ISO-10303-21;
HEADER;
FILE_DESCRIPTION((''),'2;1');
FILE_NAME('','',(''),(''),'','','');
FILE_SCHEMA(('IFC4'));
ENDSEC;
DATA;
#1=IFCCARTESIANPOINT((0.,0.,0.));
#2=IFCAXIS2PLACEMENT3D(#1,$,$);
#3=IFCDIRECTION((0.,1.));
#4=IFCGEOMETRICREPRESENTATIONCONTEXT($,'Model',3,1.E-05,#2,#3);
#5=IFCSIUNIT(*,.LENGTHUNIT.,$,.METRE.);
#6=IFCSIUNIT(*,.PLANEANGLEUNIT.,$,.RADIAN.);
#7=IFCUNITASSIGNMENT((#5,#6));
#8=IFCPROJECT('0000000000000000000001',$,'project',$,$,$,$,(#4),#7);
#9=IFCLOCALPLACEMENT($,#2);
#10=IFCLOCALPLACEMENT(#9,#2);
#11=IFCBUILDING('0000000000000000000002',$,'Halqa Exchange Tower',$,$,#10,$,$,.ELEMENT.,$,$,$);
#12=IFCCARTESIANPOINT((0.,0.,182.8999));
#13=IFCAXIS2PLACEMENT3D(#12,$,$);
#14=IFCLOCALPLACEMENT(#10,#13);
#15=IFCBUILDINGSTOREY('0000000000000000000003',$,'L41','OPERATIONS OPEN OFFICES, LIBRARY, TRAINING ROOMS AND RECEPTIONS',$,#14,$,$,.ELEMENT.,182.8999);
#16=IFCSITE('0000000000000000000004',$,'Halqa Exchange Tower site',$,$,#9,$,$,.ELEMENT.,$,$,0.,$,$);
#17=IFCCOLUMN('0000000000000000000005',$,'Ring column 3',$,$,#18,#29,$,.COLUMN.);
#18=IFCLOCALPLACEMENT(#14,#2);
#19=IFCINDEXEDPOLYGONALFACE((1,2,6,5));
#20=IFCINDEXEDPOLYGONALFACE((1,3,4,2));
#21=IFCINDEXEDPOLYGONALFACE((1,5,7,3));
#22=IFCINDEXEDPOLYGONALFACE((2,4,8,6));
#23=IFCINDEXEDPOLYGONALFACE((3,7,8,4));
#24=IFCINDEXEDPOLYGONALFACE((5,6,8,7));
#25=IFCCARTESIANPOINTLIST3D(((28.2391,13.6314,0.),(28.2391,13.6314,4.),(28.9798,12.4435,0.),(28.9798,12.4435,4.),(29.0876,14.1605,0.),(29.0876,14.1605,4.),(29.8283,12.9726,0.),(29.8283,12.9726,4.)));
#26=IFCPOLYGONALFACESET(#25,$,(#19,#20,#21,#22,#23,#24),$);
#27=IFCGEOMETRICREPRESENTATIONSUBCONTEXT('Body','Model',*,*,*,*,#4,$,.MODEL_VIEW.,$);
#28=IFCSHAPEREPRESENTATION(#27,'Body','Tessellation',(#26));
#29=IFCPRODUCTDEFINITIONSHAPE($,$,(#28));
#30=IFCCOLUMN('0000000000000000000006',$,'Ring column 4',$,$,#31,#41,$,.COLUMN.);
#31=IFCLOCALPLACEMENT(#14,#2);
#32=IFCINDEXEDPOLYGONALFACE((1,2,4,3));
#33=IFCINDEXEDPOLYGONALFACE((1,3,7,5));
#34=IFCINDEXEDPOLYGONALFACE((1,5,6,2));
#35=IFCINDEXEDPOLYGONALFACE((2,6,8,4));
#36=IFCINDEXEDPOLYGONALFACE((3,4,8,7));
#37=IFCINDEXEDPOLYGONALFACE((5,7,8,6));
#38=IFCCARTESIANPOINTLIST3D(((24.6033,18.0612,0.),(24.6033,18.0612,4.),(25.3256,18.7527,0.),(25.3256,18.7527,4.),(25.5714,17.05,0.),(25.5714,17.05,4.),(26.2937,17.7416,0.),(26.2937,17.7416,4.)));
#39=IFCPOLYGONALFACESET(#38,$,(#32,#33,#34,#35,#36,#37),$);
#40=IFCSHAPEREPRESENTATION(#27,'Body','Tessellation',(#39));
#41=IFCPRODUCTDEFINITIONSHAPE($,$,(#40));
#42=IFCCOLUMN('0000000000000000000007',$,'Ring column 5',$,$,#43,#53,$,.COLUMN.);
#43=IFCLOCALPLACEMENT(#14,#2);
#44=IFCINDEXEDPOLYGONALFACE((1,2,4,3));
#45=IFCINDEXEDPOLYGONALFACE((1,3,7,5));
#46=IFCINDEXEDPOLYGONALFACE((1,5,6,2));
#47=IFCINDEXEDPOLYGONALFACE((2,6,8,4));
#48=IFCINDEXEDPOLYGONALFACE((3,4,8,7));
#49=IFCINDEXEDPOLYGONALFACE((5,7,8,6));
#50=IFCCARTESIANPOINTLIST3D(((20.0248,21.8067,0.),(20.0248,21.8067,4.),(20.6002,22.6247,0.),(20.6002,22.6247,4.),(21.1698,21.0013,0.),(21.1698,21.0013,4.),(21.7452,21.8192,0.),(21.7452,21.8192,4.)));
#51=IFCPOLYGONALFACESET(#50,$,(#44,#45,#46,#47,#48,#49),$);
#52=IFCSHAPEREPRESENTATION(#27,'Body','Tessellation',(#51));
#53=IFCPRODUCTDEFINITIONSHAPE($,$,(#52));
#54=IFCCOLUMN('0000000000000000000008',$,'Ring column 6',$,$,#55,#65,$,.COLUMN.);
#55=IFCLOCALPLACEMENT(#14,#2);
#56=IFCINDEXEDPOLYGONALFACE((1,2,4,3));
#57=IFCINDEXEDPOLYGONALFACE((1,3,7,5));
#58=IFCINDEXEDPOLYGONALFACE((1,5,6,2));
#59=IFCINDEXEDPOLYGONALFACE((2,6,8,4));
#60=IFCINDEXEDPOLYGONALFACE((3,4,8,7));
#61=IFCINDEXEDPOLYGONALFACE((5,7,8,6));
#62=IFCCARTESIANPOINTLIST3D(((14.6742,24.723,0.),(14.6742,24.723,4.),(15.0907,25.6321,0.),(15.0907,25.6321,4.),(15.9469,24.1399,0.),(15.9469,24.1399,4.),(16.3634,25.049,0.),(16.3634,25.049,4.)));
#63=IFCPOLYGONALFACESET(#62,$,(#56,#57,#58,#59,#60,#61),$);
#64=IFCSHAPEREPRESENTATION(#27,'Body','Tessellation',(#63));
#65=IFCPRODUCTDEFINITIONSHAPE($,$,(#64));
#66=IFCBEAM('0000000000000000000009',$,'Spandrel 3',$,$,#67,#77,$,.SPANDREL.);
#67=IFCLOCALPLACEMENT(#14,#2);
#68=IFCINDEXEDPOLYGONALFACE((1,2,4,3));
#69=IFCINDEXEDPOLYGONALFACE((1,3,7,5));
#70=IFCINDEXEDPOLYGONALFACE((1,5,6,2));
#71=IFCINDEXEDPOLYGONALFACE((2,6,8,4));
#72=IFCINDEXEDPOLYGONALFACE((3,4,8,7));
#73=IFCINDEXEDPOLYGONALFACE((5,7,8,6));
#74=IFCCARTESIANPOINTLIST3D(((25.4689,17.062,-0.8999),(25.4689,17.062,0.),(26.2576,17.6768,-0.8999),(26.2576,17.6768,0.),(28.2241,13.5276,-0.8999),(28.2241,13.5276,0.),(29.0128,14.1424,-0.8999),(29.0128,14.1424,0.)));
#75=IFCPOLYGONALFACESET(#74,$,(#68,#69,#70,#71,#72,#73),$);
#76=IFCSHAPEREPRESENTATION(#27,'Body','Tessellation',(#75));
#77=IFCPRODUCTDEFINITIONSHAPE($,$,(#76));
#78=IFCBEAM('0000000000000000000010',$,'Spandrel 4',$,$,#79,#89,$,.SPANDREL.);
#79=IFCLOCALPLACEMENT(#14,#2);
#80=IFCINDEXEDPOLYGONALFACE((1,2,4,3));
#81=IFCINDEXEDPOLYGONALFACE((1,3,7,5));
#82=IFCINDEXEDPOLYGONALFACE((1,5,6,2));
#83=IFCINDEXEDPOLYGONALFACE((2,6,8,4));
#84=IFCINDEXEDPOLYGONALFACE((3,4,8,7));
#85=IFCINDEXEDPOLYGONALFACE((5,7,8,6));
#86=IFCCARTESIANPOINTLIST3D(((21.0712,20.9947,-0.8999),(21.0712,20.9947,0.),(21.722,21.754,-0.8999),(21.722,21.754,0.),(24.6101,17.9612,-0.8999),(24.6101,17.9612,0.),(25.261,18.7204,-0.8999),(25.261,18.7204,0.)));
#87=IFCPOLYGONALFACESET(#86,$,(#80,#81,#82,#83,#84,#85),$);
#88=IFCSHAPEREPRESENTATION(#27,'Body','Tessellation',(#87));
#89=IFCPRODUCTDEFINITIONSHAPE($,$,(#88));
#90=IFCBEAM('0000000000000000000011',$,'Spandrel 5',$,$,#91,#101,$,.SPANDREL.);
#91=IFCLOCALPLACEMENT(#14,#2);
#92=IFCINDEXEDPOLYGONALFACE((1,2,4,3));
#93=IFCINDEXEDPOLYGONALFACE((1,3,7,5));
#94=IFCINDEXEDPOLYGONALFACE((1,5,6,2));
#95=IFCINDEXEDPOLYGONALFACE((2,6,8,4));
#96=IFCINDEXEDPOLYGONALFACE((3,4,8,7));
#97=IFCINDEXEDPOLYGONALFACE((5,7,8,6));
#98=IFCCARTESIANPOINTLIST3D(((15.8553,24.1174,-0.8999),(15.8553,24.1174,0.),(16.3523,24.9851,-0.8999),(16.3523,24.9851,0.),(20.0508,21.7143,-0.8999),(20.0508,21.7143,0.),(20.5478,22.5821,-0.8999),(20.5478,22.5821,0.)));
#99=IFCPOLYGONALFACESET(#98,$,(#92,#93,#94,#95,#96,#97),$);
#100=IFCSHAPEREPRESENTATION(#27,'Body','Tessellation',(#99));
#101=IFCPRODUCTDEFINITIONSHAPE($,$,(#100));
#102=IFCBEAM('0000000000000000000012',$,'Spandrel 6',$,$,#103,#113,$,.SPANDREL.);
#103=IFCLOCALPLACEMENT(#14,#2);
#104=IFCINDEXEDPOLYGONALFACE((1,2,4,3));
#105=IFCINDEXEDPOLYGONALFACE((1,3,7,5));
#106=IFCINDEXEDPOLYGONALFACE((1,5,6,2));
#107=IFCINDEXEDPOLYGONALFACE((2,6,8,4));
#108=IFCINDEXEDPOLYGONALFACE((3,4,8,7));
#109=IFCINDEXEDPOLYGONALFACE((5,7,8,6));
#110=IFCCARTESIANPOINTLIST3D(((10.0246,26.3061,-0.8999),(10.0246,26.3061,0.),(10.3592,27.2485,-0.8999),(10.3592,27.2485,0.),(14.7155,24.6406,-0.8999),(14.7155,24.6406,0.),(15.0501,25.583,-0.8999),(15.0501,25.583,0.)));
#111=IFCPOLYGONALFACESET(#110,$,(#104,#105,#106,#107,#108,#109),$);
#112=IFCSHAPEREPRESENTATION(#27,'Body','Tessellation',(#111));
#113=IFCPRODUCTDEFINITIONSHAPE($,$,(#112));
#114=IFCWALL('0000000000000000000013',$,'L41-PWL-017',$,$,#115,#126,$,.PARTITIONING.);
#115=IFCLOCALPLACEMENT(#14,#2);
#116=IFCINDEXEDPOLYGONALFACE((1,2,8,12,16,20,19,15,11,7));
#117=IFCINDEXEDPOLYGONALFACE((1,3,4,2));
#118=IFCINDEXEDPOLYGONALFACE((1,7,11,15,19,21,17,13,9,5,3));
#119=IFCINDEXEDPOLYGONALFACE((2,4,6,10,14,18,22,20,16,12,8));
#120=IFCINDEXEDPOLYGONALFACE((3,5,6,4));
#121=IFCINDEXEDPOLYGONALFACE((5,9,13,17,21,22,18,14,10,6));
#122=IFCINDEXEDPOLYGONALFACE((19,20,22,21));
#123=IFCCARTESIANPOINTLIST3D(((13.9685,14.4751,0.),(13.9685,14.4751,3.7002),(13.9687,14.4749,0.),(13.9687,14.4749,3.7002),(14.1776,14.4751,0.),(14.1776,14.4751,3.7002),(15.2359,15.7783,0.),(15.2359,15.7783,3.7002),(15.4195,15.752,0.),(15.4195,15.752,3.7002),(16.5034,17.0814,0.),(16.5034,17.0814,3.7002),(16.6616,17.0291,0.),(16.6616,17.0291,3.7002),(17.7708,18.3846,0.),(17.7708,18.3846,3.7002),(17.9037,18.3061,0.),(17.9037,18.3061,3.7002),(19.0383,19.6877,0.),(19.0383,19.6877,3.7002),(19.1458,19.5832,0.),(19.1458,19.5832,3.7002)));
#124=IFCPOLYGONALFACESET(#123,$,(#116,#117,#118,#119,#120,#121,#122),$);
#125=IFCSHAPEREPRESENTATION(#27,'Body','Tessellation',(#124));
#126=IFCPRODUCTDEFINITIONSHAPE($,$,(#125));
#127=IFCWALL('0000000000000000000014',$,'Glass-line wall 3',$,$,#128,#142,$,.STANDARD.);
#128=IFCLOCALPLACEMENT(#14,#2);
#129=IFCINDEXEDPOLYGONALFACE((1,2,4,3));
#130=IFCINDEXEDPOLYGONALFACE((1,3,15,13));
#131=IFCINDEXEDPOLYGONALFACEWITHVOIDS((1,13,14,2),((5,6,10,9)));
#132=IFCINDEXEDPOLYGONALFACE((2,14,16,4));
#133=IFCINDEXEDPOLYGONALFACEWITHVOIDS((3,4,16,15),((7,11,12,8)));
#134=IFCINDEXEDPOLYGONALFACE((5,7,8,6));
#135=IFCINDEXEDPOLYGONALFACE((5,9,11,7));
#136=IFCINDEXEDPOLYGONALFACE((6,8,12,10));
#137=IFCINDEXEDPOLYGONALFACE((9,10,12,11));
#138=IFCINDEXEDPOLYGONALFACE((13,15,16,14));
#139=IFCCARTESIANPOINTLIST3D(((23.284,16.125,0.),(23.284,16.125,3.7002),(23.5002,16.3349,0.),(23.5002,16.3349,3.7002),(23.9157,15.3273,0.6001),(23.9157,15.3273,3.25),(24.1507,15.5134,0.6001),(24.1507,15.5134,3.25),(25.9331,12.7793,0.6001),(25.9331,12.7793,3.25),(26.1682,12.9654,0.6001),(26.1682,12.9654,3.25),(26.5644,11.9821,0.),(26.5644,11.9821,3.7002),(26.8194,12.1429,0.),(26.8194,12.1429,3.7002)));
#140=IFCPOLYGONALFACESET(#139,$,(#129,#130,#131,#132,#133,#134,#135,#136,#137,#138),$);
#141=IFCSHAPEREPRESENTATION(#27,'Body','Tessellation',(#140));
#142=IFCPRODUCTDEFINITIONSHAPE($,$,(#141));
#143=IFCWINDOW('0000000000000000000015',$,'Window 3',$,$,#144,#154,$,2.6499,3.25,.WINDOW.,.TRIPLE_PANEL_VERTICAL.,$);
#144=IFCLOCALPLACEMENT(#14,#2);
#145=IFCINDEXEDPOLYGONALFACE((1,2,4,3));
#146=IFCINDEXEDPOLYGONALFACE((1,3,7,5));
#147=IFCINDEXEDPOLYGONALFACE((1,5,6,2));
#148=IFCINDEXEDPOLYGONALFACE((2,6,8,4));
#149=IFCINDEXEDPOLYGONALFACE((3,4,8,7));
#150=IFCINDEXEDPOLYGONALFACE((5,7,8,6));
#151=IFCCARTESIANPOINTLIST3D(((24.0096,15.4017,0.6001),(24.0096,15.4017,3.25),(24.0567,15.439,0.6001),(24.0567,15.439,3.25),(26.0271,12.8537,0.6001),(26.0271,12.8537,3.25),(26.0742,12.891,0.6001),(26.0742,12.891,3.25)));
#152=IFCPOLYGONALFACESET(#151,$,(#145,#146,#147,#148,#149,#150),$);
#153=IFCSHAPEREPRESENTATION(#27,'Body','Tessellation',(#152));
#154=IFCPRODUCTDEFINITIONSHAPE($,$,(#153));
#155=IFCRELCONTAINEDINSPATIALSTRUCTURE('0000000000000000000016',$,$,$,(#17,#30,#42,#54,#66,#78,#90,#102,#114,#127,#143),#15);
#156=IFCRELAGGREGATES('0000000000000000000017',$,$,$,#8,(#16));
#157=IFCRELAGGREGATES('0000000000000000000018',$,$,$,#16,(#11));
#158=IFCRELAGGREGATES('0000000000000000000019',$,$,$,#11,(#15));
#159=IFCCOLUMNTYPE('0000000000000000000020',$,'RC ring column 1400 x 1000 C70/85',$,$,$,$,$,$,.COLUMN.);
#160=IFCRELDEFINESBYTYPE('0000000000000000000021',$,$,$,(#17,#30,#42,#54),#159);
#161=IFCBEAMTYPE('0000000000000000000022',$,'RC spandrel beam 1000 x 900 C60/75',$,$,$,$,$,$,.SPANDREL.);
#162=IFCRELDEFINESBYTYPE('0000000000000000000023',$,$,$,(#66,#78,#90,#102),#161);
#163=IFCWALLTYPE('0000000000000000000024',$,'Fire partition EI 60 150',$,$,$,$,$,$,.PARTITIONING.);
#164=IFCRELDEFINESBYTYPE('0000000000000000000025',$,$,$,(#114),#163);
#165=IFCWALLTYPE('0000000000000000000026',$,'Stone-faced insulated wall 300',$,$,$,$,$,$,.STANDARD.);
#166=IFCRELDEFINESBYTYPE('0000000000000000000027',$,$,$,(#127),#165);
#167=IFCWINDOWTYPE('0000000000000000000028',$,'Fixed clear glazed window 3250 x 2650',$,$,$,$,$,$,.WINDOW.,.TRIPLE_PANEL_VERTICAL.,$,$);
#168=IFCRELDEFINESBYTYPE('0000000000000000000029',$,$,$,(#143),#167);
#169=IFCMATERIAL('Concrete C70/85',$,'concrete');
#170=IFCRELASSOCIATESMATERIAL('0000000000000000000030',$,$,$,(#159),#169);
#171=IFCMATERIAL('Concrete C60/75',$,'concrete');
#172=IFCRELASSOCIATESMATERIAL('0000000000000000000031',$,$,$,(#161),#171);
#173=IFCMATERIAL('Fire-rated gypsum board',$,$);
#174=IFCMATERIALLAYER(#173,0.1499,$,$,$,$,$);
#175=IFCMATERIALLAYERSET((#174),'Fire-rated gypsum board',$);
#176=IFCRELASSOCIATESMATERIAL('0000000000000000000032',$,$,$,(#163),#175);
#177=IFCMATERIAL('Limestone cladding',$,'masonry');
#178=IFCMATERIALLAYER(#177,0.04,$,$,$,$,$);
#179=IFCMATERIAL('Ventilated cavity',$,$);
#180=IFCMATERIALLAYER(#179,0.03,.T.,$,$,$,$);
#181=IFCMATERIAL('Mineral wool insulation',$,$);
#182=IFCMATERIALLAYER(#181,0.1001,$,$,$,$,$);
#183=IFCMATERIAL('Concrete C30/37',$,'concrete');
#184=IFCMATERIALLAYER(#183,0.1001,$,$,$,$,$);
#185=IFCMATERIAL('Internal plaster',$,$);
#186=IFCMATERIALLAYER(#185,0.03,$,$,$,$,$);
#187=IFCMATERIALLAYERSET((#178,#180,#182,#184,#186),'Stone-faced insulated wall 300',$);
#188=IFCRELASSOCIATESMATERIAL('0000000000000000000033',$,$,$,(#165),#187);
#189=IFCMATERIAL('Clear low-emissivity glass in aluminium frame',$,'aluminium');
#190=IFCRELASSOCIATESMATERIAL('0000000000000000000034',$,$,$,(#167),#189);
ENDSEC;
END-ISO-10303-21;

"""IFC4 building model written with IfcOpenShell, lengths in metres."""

from ifc_helpers import new_model, si_unit, direction, frame, frame_2d, origin, origin_2d, place, context, subcontext, project, spatial, polyline, rectangle, outline, extrude, material, layer, layer_set, material_profile, profile_set, type_object, element, fill, save


model = new_model("IFC4")

# Units and contexts
model_context = context("Model", 3, precision=1e-05, world=origin(), true_north=direction((0.0, 1.0)))
body_context = subcontext(model_context, "Body", "Model", "MODEL_VIEW")
ifc_project = project(units=[si_unit("LENGTHUNIT", "METRE"), si_unit("PLANEANGLEUNIT", "RADIAN")], contexts=[model_context])

# Site, building, storey
site_placement = place(None, origin())
site = spatial("IfcSite", under=ifc_project, at=site_placement, Name="Halqa Exchange Tower site", CompositionType="ELEMENT", RefElevation=0.0)
building_placement = place(site_placement, origin())
building = spatial("IfcBuilding", under=site, at=building_placement, Name="Halqa Exchange Tower", CompositionType="ELEMENT")
storey_placement = place(building_placement, frame((0.0, 0.0, 182.8999)))
storey = spatial("IfcBuildingStorey", under=building, at=storey_placement, Name="L41", Description="OPERATIONS OPEN OFFICES, LIBRARY, TRAINING ROOMS AND RECEPTIONS", CompositionType="ELEMENT", Elevation=182.8999)

# Columns
ifc_material_1 = material(Name="Concrete C70/85", Category="concrete")
ifc_material_profile_1 = material_profile(ifc_material_1, rectangle(XDim=1.3999, YDim=1.0, at=origin_2d()), Name="1400 x 1000")
ifc_profile_set_1 = profile_set([ifc_material_profile_1], Name="Concrete C70/85")
column_type = type_object("IfcColumnType", Name="RC ring column 1400 x 1000 C70/85", PredefinedType="COLUMN", material=ifc_profile_set_1)
for number, where, z_axis, x_axis, name in (
    (1, (29.0337, 13.302, 0.0), (0.0, 0.0, 1.0), (-0.529138, 0.848536, 0.0), "Ring column 3"),
    (2, (25.4485, 17.9014, 0.0), (0.0, 0.0, 1.0), (-0.691575, 0.722305, 0.0), "Ring column 4"),
    (3, (20.885, 21.813, 0.0), (0.0, 0.0, 1.0), (-0.817912, 0.575344, 0.0), "Ring column 5"),
    (4, (15.5188, 24.886, 0.0), (0.0, 0.0, 1.0), (-0.909128, 0.416517, 0.0), "Ring column 6"),
):
    element("IfcColumn", number, at=place(storey_placement, frame(where, z_axis=z_axis, x_axis=x_axis)), inside=storey, type_object=column_type, Name=name, PredefinedType="COLUMN", context=body_context, shape_type="SweptSolid", body=[
        extrude(rectangle(XDim=1.3999, YDim=1.0, at=origin_2d()), origin(), (0.0, 0.0, 1.0), 4.0),
    ])

# Beams
ifc_material_2 = material(Name="Concrete C60/75", Category="concrete")
ifc_material_profile_2 = material_profile(ifc_material_2, rectangle(XDim=1.0, YDim=0.8999, at=origin_2d()), Name="1000 x 900")
ifc_profile_set_2 = profile_set([ifc_material_profile_2], Name="Concrete C60/75")
beam_type = type_object("IfcBeamType", Name="RC spandrel beam 1000 x 900 C60/75", PredefinedType="SPANDREL", material=ifc_profile_set_2)
beam_1_placement = place(storey_placement, frame((28.6184, 13.835, -0.45), z_axis=(-0.614793, 0.788689, 0.0), x_axis=(-0.788689, -0.614793, 0.0)))
element("IfcBeam", 5, at=beam_1_placement, inside=storey, type_object=beam_type, Name="Spandrel 3", PredefinedType="SPANDREL", context=body_context, shape_type="SweptSolid", body=[
    extrude(rectangle(XDim=1.0, YDim=0.8999, at=origin_2d()), origin(), (0.0, 0.0, 1.0), 4.4814),
])
beam_2_placement = place(storey_placement, frame((24.9355, 18.3408, -0.45), z_axis=(-0.759238, 0.650813, 0.0), x_axis=(-0.650813, -0.759238, 0.0)))
element("IfcBeam", 6, at=beam_2_placement, inside=storey, type_object=beam_type, Name="Spandrel 4", PredefinedType="SPANDREL", context=body_context, shape_type="SweptSolid", body=[
    extrude(rectangle(XDim=1.0, YDim=0.8999, at=origin_2d()), origin(), (0.0, 0.0, 1.0), 4.6611),
])
beam_3_placement = place(storey_placement, frame((20.2993, 22.1482, -0.45), z_axis=(-0.867742, 0.497014, 0.0), x_axis=(-0.497014, -0.867742, 0.0)))
element("IfcBeam", 7, at=beam_3_placement, inside=storey, type_object=beam_type, Name="Spandrel 5", PredefinedType="SPANDREL", context=body_context, shape_type="SweptSolid", body=[
    extrude(rectangle(XDim=1.0, YDim=0.8999, at=origin_2d()), origin(), (0.0, 0.0, 1.0), 4.835),
])
beam_4_placement = place(storey_placement, frame((14.8828, 25.1118, -0.45), z_axis=(-0.942364, 0.33459, 0.0), x_axis=(-0.33459, -0.942364, 0.0)))
element("IfcBeam", 8, at=beam_4_placement, inside=storey, type_object=beam_type, Name="Spandrel 6", PredefinedType="SPANDREL", context=body_context, shape_type="SweptSolid", body=[
    extrude(rectangle(XDim=1.0, YDim=0.8999, at=origin_2d()), origin(), (0.0, 0.0, 1.0), 4.9778),
])

# Wall
ifc_material_3 = material(Name="Fire-rated gypsum board")
ifc_layer_1 = layer(ifc_material_3, 0.1499)
ifc_layer_set_1 = layer_set([ifc_layer_1], Name="Fire-rated gypsum board")
wall_type_1 = type_object("IfcWallType", Name="Fire partition EI 60 150", PredefinedType="PARTITIONING", material=ifc_layer_set_1)
wall_1_placement = place(storey_placement, frame((14.0222, 14.4229, 0.0), z_axis=(0.0, 0.0, 1.0), x_axis=(0.697218, 0.716859, 0.0)))
element("IfcWall", 9, at=wall_1_placement, inside=storey, type_object=wall_type_1, Name="L41-PWL-017", PredefinedType="PARTITIONING", context=body_context, shape_type="SweptSolid", body=[
    extrude(outline(polyline([(0.0, 0.075), (0.0, 0.0747), (0.1458, -0.075), (1.927, -0.075), (3.7085, -0.075), (5.49, -0.075), (7.2715, -0.075), (7.2715, 0.075), (5.4536, 0.075), (3.6357, 0.075), (1.8179, 0.075), (0.0, 0.075)])), origin(), (0.0, 0.0, 1.0), 3.7002),
])

# Wall, opening, window
ifc_material_4 = material(Name="Limestone cladding", Category="masonry")
ifc_layer_2 = layer(ifc_material_4, 0.04)
ifc_material_5 = material(Name="Ventilated cavity")
ifc_layer_3 = layer(ifc_material_5, 0.03, ventilated=True)
ifc_material_6 = material(Name="Mineral wool insulation")
ifc_layer_4 = layer(ifc_material_6, 0.1001)
ifc_material_7 = material(Name="Concrete C30/37", Category="concrete")
ifc_layer_5 = layer(ifc_material_7, 0.1001)
ifc_material_8 = material(Name="Internal plaster")
ifc_layer_6 = layer(ifc_material_8, 0.03)
ifc_layer_set_2 = layer_set([ifc_layer_2, ifc_layer_3, ifc_layer_4, ifc_layer_5, ifc_layer_6], Name="Stone-faced insulated wall 300")
wall_type_2 = type_object("IfcWallType", Name="Stone-faced insulated wall 300", PredefinedType="STANDARD", material=ifc_layer_set_2)
wall_2_placement = place(storey_placement, frame((26.6919, 12.0625, 0.0), z_axis=(0.0, 0.0, 1.0), x_axis=(-0.620766, 0.783996, 0.0)))
wall_2 = element("IfcWall", 10, at=wall_2_placement, inside=storey, type_object=wall_type_2, Name="Glass-line wall 3", PredefinedType="STANDARD", context=body_context, shape_type="SweptSolid", body=[
    extrude(outline(polyline([(-0.0161, -0.1499), (5.3308, -0.1499), (5.3005, 0.1499), (0.0161, 0.1499), (-0.0161, -0.1499)])), origin(), (0.0, 0.0, 1.0), 3.7002),
])
opening_1_placement = place(wall_2_placement, frame((1.033, 0.0, 0.6001)))
opening_1 = element("IfcOpeningElement", 11, at=opening_1_placement, cuts=wall_2, PredefinedType="OPENING", context=body_context, shape_type="SweptSolid", body=[
    extrude(rectangle(XDim=3.25, YDim=2.6499, at=frame_2d((1.625, 1.325))), frame((0.0, 0.1621, 0.0), z_axis=(0.0, -1.0, 0.0), x_axis=(1.0, 0.0, 0.0)), (0.0, 0.0, 1.0), 0.324),
])
ifc_material_9 = material(Name="Clear low-emissivity glass in aluminium frame", Category="aluminium")
window_type = type_object("IfcWindowType", Name="Fixed clear glazed window 3250 x 2650", PartitioningType="TRIPLE_PANEL_VERTICAL", PredefinedType="WINDOW", material=ifc_material_9)
window_1_placement = place(opening_1_placement, origin())
window_1 = element("IfcWindow", 12, at=window_1_placement, inside=storey, type_object=window_type, Name="Window 3", OverallHeight=2.6499, OverallWidth=3.25, PartitioningType="TRIPLE_PANEL_VERTICAL", PredefinedType="WINDOW", context=body_context, shape_type="SweptSolid", body=[
    extrude(rectangle(XDim=3.25, YDim=2.6499, at=frame_2d((1.625, 1.325))), frame((0.0, 0.03, 0.0), z_axis=(0.0, -1.0, 0.0), x_axis=(1.0, 0.0, 0.0)), (0.0, 0.0, 1.0), 0.0601),
])
fill(opening_1, window_1)

save(model, "model.ifc")
